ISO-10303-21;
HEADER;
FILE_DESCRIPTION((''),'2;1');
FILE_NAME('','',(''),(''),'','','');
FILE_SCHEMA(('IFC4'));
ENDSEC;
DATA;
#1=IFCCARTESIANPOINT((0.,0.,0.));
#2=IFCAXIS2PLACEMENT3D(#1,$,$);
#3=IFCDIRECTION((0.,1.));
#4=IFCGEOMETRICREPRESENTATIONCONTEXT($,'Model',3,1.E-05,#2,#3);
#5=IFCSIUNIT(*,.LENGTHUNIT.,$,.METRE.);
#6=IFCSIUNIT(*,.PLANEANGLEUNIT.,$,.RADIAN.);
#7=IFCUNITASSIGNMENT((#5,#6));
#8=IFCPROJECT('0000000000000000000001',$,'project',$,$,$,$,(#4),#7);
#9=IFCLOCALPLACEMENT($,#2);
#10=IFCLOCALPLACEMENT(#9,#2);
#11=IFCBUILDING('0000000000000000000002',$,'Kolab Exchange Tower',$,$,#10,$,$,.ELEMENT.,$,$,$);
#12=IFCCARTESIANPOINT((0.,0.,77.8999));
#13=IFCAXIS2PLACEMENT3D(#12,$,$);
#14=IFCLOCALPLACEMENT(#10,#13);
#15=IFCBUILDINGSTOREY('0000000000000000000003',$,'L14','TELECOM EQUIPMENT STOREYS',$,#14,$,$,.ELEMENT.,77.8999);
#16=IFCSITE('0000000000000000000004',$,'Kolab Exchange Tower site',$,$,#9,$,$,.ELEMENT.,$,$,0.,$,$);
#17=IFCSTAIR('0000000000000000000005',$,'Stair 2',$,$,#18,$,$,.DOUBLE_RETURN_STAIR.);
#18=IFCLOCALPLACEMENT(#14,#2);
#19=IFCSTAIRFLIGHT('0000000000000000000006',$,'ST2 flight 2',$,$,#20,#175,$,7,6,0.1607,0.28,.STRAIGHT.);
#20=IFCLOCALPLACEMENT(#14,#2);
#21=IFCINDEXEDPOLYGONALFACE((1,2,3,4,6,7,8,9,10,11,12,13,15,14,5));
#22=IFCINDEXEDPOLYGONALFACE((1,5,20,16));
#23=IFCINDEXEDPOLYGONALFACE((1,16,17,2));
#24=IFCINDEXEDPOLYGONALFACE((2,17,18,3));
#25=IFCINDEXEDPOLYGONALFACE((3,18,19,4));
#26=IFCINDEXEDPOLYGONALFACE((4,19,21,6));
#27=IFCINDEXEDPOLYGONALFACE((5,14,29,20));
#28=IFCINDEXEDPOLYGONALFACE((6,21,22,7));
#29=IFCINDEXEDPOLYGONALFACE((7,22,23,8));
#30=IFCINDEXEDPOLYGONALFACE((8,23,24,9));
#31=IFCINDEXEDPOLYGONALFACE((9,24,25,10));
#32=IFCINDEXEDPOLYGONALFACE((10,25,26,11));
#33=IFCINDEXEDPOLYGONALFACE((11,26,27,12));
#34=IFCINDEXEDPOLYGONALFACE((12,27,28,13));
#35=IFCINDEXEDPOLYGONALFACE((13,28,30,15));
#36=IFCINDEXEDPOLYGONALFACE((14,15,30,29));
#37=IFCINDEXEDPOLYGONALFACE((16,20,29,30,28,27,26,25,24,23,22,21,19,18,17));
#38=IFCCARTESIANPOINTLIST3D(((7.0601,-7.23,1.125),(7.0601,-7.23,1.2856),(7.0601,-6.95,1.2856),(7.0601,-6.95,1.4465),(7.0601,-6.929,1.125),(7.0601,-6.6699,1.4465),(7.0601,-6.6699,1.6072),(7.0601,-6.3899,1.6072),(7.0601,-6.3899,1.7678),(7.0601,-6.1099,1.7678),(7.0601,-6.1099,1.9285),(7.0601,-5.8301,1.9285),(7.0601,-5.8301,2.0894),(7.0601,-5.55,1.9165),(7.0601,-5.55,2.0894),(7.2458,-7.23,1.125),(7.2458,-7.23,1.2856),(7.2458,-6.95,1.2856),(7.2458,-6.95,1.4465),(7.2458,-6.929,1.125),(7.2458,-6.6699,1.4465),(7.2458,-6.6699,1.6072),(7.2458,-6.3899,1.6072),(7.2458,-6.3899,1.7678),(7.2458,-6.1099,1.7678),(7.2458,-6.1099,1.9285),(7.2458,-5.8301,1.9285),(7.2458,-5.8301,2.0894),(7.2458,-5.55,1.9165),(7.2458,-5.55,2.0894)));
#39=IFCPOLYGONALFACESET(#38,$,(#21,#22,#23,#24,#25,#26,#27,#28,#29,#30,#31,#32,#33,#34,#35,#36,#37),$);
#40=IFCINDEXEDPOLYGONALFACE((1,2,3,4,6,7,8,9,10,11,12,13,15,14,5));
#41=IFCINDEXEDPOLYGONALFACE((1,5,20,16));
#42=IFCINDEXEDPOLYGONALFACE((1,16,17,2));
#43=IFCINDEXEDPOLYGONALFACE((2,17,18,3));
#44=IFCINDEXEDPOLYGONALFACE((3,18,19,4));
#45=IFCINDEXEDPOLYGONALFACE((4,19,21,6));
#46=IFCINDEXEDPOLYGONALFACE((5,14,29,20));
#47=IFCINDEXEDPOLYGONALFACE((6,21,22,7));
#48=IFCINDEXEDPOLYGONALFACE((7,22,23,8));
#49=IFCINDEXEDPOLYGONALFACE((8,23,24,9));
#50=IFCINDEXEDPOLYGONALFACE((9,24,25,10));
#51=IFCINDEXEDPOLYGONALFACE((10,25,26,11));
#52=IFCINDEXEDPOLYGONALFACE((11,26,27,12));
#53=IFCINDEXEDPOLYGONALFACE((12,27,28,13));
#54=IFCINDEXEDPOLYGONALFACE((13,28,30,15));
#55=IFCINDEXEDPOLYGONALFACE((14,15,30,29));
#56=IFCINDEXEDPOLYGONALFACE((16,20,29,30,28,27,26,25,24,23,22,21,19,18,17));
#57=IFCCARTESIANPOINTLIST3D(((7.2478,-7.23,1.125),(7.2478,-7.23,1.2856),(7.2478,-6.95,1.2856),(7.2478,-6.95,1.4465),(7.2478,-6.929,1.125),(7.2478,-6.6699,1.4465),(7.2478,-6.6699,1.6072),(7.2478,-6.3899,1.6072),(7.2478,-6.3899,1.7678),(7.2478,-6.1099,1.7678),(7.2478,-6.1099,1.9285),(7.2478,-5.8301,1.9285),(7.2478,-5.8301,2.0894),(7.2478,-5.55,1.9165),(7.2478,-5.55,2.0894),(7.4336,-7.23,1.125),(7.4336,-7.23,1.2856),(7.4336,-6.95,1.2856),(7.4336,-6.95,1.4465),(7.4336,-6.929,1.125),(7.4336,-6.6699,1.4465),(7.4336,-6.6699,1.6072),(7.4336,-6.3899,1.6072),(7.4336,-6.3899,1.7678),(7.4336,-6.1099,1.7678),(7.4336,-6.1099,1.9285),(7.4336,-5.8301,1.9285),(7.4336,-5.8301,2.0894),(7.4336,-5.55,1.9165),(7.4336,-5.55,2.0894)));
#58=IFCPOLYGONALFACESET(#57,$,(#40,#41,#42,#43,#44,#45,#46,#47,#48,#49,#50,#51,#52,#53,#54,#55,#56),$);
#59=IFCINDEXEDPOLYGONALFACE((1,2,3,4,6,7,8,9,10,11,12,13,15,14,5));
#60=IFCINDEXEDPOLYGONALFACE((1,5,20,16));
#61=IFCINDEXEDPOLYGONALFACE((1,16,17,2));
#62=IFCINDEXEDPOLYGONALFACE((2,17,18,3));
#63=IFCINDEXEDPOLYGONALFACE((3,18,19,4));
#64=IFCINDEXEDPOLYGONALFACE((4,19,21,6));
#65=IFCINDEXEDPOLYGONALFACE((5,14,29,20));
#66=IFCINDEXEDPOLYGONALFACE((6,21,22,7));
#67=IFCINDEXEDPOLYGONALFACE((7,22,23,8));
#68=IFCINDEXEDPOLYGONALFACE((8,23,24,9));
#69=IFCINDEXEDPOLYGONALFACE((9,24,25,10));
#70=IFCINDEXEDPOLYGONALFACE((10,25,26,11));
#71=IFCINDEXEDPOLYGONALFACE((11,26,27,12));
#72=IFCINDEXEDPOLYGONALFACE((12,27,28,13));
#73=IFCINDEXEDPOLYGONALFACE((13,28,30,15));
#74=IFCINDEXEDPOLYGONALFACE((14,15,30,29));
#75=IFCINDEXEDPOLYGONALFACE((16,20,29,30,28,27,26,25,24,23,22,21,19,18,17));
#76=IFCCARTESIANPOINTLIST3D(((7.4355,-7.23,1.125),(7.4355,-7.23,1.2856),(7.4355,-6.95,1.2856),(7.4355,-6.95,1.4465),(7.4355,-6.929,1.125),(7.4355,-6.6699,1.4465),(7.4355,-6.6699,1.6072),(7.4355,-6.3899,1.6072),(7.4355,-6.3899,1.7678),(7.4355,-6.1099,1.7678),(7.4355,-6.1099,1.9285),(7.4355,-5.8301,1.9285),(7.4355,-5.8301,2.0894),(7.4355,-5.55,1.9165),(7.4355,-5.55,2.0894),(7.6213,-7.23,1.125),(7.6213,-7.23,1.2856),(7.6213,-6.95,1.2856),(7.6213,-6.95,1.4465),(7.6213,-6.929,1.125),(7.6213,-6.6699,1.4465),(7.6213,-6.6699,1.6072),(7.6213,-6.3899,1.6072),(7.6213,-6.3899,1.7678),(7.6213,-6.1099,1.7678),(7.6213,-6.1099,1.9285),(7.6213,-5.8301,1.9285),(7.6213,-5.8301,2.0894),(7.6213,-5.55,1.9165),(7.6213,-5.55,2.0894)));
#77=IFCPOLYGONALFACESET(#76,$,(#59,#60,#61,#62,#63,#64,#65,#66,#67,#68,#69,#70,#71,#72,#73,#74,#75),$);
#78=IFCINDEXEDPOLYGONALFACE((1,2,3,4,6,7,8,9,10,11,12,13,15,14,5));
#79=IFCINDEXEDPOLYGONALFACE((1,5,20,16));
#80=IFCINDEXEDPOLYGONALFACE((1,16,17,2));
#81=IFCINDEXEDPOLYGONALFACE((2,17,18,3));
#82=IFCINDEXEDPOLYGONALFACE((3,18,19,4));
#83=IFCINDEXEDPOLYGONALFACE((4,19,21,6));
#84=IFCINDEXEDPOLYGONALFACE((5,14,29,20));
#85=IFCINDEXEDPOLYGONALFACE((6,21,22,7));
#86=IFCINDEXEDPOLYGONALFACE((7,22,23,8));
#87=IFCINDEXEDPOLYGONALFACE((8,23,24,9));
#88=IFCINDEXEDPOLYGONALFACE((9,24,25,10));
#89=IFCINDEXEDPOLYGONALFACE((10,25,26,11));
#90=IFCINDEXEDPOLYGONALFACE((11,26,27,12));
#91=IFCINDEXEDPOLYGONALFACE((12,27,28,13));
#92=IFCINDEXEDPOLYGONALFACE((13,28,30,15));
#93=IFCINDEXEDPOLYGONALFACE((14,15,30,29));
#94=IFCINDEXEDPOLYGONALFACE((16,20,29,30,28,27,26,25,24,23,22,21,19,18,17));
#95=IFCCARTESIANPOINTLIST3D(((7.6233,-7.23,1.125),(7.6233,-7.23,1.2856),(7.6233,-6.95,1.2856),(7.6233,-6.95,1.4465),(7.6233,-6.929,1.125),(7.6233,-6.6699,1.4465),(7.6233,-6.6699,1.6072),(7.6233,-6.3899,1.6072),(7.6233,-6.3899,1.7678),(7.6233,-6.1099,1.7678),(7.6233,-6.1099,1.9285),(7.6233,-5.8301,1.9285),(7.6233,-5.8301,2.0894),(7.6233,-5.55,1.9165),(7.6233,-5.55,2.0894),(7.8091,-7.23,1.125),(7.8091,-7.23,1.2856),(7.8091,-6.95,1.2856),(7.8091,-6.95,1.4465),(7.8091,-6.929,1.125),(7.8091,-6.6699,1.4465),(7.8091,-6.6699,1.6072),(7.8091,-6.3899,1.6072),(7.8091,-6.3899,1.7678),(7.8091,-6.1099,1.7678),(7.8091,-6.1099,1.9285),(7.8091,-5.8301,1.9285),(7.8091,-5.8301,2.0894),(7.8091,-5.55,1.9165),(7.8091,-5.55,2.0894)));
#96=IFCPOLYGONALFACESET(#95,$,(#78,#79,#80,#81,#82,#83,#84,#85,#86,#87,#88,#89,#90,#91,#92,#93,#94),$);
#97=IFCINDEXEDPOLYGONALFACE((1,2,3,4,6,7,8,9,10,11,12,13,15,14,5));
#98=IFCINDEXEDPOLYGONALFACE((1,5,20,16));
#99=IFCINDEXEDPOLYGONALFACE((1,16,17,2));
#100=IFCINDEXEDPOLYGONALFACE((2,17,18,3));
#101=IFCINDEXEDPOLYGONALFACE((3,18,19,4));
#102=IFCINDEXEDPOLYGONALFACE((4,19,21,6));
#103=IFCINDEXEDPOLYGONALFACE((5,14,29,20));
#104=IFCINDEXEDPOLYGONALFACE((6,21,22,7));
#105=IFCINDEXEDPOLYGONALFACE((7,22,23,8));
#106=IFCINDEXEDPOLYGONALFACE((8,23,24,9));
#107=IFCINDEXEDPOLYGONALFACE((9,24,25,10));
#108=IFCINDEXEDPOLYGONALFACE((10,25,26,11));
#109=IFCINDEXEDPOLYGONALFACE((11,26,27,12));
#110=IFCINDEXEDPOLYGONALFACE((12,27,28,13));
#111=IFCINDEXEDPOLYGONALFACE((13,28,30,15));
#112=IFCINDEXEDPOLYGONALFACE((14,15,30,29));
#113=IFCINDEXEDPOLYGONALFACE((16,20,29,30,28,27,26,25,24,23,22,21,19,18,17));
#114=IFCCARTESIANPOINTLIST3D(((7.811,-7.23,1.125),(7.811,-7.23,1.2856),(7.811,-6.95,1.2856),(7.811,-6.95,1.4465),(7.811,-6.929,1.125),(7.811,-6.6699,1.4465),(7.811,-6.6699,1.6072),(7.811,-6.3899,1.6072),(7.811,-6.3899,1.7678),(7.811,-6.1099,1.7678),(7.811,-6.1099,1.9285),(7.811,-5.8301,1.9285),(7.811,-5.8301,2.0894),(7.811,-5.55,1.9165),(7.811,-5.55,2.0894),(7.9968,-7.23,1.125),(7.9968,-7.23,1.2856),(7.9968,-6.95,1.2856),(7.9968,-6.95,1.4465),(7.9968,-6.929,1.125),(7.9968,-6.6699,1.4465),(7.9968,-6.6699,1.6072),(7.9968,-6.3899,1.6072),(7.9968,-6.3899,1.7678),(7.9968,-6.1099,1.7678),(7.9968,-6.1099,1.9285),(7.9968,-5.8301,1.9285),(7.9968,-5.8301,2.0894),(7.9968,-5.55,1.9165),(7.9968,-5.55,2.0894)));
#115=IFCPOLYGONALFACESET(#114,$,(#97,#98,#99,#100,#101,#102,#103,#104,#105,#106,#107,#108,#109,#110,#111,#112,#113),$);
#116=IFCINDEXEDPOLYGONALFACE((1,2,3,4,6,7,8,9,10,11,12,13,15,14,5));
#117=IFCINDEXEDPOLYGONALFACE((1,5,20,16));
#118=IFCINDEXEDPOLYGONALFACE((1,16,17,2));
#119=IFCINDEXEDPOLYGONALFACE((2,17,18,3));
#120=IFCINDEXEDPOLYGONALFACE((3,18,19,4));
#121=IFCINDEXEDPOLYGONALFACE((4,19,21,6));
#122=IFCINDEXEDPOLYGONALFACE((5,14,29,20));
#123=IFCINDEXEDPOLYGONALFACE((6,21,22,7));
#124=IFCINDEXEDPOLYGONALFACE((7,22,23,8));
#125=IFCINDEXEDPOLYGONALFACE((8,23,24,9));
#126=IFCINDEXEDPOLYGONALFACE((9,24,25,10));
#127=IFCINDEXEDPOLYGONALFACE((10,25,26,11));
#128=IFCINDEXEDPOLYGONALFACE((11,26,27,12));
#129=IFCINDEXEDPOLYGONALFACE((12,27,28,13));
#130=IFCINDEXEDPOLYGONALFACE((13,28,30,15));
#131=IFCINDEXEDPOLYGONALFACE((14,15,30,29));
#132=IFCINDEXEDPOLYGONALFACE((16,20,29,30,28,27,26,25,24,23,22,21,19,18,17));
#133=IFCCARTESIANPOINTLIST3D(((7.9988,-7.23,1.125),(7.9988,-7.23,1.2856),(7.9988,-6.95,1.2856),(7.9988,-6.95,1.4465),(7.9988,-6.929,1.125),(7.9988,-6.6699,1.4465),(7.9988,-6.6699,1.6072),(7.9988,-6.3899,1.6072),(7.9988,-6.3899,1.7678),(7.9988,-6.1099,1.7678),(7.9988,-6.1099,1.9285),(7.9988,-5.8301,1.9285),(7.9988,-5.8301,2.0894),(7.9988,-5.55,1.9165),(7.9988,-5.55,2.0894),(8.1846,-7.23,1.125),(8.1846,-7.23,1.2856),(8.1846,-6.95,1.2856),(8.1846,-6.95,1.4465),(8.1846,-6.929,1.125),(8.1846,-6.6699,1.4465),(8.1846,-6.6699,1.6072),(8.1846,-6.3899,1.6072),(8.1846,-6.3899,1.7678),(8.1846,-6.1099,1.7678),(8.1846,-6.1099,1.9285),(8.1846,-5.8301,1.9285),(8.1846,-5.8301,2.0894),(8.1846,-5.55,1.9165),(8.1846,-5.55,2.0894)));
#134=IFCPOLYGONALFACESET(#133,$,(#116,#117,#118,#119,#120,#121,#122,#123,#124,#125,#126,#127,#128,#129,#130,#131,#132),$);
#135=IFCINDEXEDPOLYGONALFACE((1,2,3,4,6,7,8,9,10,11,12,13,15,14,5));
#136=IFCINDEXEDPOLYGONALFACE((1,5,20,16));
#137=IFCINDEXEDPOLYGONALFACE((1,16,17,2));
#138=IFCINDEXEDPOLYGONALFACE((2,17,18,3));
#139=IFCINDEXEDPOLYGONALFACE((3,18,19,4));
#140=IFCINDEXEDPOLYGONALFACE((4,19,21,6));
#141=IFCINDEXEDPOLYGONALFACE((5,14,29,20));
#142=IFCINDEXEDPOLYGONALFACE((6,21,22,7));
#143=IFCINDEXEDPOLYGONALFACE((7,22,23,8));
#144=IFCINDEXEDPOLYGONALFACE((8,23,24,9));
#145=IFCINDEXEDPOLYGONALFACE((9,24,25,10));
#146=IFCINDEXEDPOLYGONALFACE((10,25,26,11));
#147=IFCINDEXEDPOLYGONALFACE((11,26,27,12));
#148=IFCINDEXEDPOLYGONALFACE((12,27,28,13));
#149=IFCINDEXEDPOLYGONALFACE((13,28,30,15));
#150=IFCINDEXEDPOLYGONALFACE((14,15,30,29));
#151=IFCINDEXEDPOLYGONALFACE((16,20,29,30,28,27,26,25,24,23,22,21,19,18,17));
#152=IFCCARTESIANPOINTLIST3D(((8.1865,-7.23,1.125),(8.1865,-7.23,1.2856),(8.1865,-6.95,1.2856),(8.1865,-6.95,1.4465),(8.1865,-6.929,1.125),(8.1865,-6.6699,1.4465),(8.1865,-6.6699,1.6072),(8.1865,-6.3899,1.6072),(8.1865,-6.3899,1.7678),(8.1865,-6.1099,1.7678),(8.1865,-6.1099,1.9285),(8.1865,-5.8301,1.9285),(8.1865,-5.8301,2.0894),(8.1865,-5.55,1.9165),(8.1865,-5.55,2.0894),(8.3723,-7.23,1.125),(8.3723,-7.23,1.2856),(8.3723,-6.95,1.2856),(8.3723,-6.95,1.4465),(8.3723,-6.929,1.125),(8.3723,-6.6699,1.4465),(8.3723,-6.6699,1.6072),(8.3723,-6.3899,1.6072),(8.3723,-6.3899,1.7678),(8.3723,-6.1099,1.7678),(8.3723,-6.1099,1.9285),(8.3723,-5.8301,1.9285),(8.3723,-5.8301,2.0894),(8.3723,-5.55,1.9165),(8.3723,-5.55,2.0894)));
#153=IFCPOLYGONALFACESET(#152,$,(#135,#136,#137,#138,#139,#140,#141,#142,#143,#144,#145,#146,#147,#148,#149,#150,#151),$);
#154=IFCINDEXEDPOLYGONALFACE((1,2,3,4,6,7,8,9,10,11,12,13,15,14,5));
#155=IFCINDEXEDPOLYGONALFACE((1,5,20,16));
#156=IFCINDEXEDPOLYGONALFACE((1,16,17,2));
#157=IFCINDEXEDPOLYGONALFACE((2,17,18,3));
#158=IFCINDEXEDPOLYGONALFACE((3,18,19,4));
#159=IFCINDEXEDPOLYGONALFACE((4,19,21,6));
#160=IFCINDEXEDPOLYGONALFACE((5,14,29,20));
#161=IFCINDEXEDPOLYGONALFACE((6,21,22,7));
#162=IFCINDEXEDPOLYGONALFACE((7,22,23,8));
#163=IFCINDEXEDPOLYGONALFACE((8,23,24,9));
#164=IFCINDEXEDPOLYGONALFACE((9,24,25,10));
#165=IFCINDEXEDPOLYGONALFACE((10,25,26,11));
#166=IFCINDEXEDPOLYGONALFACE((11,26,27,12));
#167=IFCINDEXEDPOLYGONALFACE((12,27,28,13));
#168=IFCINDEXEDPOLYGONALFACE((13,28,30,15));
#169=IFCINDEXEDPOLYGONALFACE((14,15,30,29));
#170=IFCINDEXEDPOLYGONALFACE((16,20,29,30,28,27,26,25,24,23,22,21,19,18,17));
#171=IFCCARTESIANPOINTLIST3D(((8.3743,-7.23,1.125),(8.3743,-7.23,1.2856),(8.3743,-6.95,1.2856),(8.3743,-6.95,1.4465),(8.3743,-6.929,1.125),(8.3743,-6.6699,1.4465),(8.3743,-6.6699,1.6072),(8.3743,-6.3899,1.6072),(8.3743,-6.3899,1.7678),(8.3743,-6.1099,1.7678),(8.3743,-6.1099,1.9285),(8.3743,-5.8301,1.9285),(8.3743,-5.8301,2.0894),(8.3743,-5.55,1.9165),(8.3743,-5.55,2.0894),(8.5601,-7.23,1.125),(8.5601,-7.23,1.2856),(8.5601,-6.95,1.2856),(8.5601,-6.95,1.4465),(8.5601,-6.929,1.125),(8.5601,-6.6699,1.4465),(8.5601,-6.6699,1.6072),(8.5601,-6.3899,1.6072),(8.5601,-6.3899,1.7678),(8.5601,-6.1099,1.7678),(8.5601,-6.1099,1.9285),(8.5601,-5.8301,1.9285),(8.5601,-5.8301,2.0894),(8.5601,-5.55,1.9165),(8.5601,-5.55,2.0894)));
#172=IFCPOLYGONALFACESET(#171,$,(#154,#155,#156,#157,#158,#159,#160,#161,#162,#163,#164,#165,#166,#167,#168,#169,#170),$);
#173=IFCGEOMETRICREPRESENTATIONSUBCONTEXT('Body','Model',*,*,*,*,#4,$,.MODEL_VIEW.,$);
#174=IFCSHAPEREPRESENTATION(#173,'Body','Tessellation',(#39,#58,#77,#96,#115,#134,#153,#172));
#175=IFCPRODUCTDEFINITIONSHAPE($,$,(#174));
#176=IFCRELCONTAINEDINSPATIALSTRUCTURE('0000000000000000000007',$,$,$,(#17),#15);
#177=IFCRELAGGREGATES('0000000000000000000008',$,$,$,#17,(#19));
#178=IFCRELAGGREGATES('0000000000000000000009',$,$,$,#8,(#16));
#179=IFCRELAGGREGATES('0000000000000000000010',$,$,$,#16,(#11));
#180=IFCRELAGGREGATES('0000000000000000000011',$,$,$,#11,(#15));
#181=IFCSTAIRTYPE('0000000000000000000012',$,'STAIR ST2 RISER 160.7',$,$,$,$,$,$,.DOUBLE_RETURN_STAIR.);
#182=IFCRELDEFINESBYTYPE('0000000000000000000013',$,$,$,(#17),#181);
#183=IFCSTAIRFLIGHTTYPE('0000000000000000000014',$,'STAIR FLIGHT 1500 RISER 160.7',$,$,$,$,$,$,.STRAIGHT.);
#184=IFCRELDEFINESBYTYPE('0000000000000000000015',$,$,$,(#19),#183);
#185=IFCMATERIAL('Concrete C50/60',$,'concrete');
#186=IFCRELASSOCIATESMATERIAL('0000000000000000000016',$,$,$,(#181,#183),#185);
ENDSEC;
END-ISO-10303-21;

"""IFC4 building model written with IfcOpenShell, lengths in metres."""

from ifc_helpers import new_model, si_unit, direction, frame, origin, place, context, subcontext, project, spatial, polyline, outline, extrude, material, type_object, element, aggregate, save


model = new_model("IFC4")

# Units and contexts
model_context = context("Model", 3, precision=1e-05, world=origin(), true_north=direction((0.0, 1.0)))
body_context = subcontext(model_context, "Body", "Model", "MODEL_VIEW")
ifc_project = project(units=[si_unit("LENGTHUNIT", "METRE"), si_unit("PLANEANGLEUNIT", "RADIAN")], contexts=[model_context])

# Site, building, storey
site_placement = place(None, origin())
site = spatial("IfcSite", under=ifc_project, at=site_placement, Name="Kolab Exchange Tower site", CompositionType="ELEMENT", RefElevation=0.0)
building_placement = place(site_placement, origin())
building = spatial("IfcBuilding", under=site, at=building_placement, Name="Kolab Exchange Tower", CompositionType="ELEMENT")
storey_placement = place(building_placement, frame((0.0, 0.0, 77.8999)))
storey = spatial("IfcBuildingStorey", under=building, at=storey_placement, Name="L14", Description="TELECOM EQUIPMENT STOREYS", CompositionType="ELEMENT", Elevation=77.8999)

# Shared definitions
ifc_material_1 = material(Name="Concrete C50/60", Category="concrete")

# Stair, stair flight
stair_type = type_object("IfcStairType", Name="STAIR ST2 RISER 160.7", PredefinedType="DOUBLE_RETURN_STAIR", material=ifc_material_1)
stair_placement = place(storey_placement, origin())
stair = element("IfcStair", 1, at=stair_placement, inside=storey, type_object=stair_type, Name="Stair 2", PredefinedType="DOUBLE_RETURN_STAIR")
stair_flight_type = type_object("IfcStairFlightType", Name="STAIR FLIGHT 1500 RISER 160.7", PredefinedType="STRAIGHT", material=ifc_material_1)
stair_flight_1_placement = place(storey_placement, frame((7.8101, -7.23, 1.125), z_axis=(0.0, 0.0, 1.0), x_axis=(0.0, 1.0, 0.0)))
stair_flight_1 = element("IfcStairFlight", 2, at=stair_flight_1_placement, type_object=stair_flight_type, Name="ST2 flight 2", NumberOfRisers=7, NumberOfTreads=6, PredefinedType="STRAIGHT", RiserHeight=0.1607, TreadLength=0.28, context=body_context, shape_type="SweptSolid", body=[
    extrude(outline(polyline([(0.0, 0.0), (0.0, 0.1606), (0.28, 0.1606), (0.28, 0.3215), (0.5601, 0.3215), (0.5601, 0.4822), (0.8401, 0.4822), (0.8401, 0.6428), (1.1201, 0.6428), (1.1201, 0.8035), (1.3999, 0.8035), (1.3999, 0.9644), (1.6799, 0.9644), (1.6799, 1.125), (1.6799, 0.7915), (0.301, 0.0), (0.0, 0.0)])), frame((0.0, 0.75, 0.0), z_axis=(0.0, -1.0, 0.0), x_axis=(1.0, 0.0, 0.0)), (0.0, 0.0, 1.0), 0.1858),
    extrude(outline(polyline([(0.0, 0.0), (0.0, 0.1606), (0.28, 0.1606), (0.28, 0.3215), (0.5601, 0.3215), (0.5601, 0.4822), (0.8401, 0.4822), (0.8401, 0.6428), (1.1201, 0.6428), (1.1201, 0.8035), (1.3999, 0.8035), (1.3999, 0.9644), (1.6799, 0.9644), (1.6799, 1.125), (1.6799, 0.7915), (0.301, 0.0), (0.0, 0.0)])), frame((0.0, 0.5623, 0.0), z_axis=(0.0, -1.0, 0.0), x_axis=(1.0, 0.0, 0.0)), (0.0, 0.0, 1.0), 0.1858),
    extrude(outline(polyline([(0.0, 0.0), (0.0, 0.1606), (0.28, 0.1606), (0.28, 0.3215), (0.5601, 0.3215), (0.5601, 0.4822), (0.8401, 0.4822), (0.8401, 0.6428), (1.1201, 0.6428), (1.1201, 0.8035), (1.3999, 0.8035), (1.3999, 0.9644), (1.6799, 0.9644), (1.6799, 1.125), (1.6799, 0.7915), (0.301, 0.0), (0.0, 0.0)])), frame((0.0, 0.3745, 0.0), z_axis=(0.0, -1.0, 0.0), x_axis=(1.0, 0.0, 0.0)), (0.0, 0.0, 1.0), 0.1858),
    extrude(outline(polyline([(0.0, 0.0), (0.0, 0.1606), (0.28, 0.1606), (0.28, 0.3215), (0.5601, 0.3215), (0.5601, 0.4822), (0.8401, 0.4822), (0.8401, 0.6428), (1.1201, 0.6428), (1.1201, 0.8035), (1.3999, 0.8035), (1.3999, 0.9644), (1.6799, 0.9644), (1.6799, 1.125), (1.6799, 0.7915), (0.301, 0.0), (0.0, 0.0)])), frame((0.0, 0.1868, 0.0), z_axis=(0.0, -1.0, 0.0), x_axis=(1.0, 0.0, 0.0)), (0.0, 0.0, 1.0), 0.1858),
    extrude(outline(polyline([(0.0, 0.0), (0.0, 0.1606), (0.28, 0.1606), (0.28, 0.3215), (0.5601, 0.3215), (0.5601, 0.4822), (0.8401, 0.4822), (0.8401, 0.6428), (1.1201, 0.6428), (1.1201, 0.8035), (1.3999, 0.8035), (1.3999, 0.9644), (1.6799, 0.9644), (1.6799, 1.125), (1.6799, 0.7915), (0.301, 0.0), (0.0, 0.0)])), frame((0.0, -0.001, 0.0), z_axis=(0.0, -1.0, 0.0), x_axis=(1.0, 0.0, 0.0)), (0.0, 0.0, 1.0), 0.1858),
    extrude(outline(polyline([(0.0, 0.0), (0.0, 0.1606), (0.28, 0.1606), (0.28, 0.3215), (0.5601, 0.3215), (0.5601, 0.4822), (0.8401, 0.4822), (0.8401, 0.6428), (1.1201, 0.6428), (1.1201, 0.8035), (1.3999, 0.8035), (1.3999, 0.9644), (1.6799, 0.9644), (1.6799, 1.125), (1.6799, 0.7915), (0.301, 0.0), (0.0, 0.0)])), frame((0.0, -0.1887, 0.0), z_axis=(0.0, -1.0, 0.0), x_axis=(1.0, 0.0, 0.0)), (0.0, 0.0, 1.0), 0.1858),
    extrude(outline(polyline([(0.0, 0.0), (0.0, 0.1606), (0.28, 0.1606), (0.28, 0.3215), (0.5601, 0.3215), (0.5601, 0.4822), (0.8401, 0.4822), (0.8401, 0.6428), (1.1201, 0.6428), (1.1201, 0.8035), (1.3999, 0.8035), (1.3999, 0.9644), (1.6799, 0.9644), (1.6799, 1.125), (1.6799, 0.7915), (0.301, 0.0), (0.0, 0.0)])), frame((0.0, -0.3765, 0.0), z_axis=(0.0, -1.0, 0.0), x_axis=(1.0, 0.0, 0.0)), (0.0, 0.0, 1.0), 0.1858),
    extrude(outline(polyline([(0.0, 0.0), (0.0, 0.1606), (0.28, 0.1606), (0.28, 0.3215), (0.5601, 0.3215), (0.5601, 0.4822), (0.8401, 0.4822), (0.8401, 0.6428), (1.1201, 0.6428), (1.1201, 0.8035), (1.3999, 0.8035), (1.3999, 0.9644), (1.6799, 0.9644), (1.6799, 1.125), (1.6799, 0.7915), (0.301, 0.0), (0.0, 0.0)])), frame((0.0, -0.5642, 0.0), z_axis=(0.0, -1.0, 0.0), x_axis=(1.0, 0.0, 0.0)), (0.0, 0.0, 1.0), 0.1858),
])
aggregate(stair, [stair_flight_1])

save(model, "model.ifc")
